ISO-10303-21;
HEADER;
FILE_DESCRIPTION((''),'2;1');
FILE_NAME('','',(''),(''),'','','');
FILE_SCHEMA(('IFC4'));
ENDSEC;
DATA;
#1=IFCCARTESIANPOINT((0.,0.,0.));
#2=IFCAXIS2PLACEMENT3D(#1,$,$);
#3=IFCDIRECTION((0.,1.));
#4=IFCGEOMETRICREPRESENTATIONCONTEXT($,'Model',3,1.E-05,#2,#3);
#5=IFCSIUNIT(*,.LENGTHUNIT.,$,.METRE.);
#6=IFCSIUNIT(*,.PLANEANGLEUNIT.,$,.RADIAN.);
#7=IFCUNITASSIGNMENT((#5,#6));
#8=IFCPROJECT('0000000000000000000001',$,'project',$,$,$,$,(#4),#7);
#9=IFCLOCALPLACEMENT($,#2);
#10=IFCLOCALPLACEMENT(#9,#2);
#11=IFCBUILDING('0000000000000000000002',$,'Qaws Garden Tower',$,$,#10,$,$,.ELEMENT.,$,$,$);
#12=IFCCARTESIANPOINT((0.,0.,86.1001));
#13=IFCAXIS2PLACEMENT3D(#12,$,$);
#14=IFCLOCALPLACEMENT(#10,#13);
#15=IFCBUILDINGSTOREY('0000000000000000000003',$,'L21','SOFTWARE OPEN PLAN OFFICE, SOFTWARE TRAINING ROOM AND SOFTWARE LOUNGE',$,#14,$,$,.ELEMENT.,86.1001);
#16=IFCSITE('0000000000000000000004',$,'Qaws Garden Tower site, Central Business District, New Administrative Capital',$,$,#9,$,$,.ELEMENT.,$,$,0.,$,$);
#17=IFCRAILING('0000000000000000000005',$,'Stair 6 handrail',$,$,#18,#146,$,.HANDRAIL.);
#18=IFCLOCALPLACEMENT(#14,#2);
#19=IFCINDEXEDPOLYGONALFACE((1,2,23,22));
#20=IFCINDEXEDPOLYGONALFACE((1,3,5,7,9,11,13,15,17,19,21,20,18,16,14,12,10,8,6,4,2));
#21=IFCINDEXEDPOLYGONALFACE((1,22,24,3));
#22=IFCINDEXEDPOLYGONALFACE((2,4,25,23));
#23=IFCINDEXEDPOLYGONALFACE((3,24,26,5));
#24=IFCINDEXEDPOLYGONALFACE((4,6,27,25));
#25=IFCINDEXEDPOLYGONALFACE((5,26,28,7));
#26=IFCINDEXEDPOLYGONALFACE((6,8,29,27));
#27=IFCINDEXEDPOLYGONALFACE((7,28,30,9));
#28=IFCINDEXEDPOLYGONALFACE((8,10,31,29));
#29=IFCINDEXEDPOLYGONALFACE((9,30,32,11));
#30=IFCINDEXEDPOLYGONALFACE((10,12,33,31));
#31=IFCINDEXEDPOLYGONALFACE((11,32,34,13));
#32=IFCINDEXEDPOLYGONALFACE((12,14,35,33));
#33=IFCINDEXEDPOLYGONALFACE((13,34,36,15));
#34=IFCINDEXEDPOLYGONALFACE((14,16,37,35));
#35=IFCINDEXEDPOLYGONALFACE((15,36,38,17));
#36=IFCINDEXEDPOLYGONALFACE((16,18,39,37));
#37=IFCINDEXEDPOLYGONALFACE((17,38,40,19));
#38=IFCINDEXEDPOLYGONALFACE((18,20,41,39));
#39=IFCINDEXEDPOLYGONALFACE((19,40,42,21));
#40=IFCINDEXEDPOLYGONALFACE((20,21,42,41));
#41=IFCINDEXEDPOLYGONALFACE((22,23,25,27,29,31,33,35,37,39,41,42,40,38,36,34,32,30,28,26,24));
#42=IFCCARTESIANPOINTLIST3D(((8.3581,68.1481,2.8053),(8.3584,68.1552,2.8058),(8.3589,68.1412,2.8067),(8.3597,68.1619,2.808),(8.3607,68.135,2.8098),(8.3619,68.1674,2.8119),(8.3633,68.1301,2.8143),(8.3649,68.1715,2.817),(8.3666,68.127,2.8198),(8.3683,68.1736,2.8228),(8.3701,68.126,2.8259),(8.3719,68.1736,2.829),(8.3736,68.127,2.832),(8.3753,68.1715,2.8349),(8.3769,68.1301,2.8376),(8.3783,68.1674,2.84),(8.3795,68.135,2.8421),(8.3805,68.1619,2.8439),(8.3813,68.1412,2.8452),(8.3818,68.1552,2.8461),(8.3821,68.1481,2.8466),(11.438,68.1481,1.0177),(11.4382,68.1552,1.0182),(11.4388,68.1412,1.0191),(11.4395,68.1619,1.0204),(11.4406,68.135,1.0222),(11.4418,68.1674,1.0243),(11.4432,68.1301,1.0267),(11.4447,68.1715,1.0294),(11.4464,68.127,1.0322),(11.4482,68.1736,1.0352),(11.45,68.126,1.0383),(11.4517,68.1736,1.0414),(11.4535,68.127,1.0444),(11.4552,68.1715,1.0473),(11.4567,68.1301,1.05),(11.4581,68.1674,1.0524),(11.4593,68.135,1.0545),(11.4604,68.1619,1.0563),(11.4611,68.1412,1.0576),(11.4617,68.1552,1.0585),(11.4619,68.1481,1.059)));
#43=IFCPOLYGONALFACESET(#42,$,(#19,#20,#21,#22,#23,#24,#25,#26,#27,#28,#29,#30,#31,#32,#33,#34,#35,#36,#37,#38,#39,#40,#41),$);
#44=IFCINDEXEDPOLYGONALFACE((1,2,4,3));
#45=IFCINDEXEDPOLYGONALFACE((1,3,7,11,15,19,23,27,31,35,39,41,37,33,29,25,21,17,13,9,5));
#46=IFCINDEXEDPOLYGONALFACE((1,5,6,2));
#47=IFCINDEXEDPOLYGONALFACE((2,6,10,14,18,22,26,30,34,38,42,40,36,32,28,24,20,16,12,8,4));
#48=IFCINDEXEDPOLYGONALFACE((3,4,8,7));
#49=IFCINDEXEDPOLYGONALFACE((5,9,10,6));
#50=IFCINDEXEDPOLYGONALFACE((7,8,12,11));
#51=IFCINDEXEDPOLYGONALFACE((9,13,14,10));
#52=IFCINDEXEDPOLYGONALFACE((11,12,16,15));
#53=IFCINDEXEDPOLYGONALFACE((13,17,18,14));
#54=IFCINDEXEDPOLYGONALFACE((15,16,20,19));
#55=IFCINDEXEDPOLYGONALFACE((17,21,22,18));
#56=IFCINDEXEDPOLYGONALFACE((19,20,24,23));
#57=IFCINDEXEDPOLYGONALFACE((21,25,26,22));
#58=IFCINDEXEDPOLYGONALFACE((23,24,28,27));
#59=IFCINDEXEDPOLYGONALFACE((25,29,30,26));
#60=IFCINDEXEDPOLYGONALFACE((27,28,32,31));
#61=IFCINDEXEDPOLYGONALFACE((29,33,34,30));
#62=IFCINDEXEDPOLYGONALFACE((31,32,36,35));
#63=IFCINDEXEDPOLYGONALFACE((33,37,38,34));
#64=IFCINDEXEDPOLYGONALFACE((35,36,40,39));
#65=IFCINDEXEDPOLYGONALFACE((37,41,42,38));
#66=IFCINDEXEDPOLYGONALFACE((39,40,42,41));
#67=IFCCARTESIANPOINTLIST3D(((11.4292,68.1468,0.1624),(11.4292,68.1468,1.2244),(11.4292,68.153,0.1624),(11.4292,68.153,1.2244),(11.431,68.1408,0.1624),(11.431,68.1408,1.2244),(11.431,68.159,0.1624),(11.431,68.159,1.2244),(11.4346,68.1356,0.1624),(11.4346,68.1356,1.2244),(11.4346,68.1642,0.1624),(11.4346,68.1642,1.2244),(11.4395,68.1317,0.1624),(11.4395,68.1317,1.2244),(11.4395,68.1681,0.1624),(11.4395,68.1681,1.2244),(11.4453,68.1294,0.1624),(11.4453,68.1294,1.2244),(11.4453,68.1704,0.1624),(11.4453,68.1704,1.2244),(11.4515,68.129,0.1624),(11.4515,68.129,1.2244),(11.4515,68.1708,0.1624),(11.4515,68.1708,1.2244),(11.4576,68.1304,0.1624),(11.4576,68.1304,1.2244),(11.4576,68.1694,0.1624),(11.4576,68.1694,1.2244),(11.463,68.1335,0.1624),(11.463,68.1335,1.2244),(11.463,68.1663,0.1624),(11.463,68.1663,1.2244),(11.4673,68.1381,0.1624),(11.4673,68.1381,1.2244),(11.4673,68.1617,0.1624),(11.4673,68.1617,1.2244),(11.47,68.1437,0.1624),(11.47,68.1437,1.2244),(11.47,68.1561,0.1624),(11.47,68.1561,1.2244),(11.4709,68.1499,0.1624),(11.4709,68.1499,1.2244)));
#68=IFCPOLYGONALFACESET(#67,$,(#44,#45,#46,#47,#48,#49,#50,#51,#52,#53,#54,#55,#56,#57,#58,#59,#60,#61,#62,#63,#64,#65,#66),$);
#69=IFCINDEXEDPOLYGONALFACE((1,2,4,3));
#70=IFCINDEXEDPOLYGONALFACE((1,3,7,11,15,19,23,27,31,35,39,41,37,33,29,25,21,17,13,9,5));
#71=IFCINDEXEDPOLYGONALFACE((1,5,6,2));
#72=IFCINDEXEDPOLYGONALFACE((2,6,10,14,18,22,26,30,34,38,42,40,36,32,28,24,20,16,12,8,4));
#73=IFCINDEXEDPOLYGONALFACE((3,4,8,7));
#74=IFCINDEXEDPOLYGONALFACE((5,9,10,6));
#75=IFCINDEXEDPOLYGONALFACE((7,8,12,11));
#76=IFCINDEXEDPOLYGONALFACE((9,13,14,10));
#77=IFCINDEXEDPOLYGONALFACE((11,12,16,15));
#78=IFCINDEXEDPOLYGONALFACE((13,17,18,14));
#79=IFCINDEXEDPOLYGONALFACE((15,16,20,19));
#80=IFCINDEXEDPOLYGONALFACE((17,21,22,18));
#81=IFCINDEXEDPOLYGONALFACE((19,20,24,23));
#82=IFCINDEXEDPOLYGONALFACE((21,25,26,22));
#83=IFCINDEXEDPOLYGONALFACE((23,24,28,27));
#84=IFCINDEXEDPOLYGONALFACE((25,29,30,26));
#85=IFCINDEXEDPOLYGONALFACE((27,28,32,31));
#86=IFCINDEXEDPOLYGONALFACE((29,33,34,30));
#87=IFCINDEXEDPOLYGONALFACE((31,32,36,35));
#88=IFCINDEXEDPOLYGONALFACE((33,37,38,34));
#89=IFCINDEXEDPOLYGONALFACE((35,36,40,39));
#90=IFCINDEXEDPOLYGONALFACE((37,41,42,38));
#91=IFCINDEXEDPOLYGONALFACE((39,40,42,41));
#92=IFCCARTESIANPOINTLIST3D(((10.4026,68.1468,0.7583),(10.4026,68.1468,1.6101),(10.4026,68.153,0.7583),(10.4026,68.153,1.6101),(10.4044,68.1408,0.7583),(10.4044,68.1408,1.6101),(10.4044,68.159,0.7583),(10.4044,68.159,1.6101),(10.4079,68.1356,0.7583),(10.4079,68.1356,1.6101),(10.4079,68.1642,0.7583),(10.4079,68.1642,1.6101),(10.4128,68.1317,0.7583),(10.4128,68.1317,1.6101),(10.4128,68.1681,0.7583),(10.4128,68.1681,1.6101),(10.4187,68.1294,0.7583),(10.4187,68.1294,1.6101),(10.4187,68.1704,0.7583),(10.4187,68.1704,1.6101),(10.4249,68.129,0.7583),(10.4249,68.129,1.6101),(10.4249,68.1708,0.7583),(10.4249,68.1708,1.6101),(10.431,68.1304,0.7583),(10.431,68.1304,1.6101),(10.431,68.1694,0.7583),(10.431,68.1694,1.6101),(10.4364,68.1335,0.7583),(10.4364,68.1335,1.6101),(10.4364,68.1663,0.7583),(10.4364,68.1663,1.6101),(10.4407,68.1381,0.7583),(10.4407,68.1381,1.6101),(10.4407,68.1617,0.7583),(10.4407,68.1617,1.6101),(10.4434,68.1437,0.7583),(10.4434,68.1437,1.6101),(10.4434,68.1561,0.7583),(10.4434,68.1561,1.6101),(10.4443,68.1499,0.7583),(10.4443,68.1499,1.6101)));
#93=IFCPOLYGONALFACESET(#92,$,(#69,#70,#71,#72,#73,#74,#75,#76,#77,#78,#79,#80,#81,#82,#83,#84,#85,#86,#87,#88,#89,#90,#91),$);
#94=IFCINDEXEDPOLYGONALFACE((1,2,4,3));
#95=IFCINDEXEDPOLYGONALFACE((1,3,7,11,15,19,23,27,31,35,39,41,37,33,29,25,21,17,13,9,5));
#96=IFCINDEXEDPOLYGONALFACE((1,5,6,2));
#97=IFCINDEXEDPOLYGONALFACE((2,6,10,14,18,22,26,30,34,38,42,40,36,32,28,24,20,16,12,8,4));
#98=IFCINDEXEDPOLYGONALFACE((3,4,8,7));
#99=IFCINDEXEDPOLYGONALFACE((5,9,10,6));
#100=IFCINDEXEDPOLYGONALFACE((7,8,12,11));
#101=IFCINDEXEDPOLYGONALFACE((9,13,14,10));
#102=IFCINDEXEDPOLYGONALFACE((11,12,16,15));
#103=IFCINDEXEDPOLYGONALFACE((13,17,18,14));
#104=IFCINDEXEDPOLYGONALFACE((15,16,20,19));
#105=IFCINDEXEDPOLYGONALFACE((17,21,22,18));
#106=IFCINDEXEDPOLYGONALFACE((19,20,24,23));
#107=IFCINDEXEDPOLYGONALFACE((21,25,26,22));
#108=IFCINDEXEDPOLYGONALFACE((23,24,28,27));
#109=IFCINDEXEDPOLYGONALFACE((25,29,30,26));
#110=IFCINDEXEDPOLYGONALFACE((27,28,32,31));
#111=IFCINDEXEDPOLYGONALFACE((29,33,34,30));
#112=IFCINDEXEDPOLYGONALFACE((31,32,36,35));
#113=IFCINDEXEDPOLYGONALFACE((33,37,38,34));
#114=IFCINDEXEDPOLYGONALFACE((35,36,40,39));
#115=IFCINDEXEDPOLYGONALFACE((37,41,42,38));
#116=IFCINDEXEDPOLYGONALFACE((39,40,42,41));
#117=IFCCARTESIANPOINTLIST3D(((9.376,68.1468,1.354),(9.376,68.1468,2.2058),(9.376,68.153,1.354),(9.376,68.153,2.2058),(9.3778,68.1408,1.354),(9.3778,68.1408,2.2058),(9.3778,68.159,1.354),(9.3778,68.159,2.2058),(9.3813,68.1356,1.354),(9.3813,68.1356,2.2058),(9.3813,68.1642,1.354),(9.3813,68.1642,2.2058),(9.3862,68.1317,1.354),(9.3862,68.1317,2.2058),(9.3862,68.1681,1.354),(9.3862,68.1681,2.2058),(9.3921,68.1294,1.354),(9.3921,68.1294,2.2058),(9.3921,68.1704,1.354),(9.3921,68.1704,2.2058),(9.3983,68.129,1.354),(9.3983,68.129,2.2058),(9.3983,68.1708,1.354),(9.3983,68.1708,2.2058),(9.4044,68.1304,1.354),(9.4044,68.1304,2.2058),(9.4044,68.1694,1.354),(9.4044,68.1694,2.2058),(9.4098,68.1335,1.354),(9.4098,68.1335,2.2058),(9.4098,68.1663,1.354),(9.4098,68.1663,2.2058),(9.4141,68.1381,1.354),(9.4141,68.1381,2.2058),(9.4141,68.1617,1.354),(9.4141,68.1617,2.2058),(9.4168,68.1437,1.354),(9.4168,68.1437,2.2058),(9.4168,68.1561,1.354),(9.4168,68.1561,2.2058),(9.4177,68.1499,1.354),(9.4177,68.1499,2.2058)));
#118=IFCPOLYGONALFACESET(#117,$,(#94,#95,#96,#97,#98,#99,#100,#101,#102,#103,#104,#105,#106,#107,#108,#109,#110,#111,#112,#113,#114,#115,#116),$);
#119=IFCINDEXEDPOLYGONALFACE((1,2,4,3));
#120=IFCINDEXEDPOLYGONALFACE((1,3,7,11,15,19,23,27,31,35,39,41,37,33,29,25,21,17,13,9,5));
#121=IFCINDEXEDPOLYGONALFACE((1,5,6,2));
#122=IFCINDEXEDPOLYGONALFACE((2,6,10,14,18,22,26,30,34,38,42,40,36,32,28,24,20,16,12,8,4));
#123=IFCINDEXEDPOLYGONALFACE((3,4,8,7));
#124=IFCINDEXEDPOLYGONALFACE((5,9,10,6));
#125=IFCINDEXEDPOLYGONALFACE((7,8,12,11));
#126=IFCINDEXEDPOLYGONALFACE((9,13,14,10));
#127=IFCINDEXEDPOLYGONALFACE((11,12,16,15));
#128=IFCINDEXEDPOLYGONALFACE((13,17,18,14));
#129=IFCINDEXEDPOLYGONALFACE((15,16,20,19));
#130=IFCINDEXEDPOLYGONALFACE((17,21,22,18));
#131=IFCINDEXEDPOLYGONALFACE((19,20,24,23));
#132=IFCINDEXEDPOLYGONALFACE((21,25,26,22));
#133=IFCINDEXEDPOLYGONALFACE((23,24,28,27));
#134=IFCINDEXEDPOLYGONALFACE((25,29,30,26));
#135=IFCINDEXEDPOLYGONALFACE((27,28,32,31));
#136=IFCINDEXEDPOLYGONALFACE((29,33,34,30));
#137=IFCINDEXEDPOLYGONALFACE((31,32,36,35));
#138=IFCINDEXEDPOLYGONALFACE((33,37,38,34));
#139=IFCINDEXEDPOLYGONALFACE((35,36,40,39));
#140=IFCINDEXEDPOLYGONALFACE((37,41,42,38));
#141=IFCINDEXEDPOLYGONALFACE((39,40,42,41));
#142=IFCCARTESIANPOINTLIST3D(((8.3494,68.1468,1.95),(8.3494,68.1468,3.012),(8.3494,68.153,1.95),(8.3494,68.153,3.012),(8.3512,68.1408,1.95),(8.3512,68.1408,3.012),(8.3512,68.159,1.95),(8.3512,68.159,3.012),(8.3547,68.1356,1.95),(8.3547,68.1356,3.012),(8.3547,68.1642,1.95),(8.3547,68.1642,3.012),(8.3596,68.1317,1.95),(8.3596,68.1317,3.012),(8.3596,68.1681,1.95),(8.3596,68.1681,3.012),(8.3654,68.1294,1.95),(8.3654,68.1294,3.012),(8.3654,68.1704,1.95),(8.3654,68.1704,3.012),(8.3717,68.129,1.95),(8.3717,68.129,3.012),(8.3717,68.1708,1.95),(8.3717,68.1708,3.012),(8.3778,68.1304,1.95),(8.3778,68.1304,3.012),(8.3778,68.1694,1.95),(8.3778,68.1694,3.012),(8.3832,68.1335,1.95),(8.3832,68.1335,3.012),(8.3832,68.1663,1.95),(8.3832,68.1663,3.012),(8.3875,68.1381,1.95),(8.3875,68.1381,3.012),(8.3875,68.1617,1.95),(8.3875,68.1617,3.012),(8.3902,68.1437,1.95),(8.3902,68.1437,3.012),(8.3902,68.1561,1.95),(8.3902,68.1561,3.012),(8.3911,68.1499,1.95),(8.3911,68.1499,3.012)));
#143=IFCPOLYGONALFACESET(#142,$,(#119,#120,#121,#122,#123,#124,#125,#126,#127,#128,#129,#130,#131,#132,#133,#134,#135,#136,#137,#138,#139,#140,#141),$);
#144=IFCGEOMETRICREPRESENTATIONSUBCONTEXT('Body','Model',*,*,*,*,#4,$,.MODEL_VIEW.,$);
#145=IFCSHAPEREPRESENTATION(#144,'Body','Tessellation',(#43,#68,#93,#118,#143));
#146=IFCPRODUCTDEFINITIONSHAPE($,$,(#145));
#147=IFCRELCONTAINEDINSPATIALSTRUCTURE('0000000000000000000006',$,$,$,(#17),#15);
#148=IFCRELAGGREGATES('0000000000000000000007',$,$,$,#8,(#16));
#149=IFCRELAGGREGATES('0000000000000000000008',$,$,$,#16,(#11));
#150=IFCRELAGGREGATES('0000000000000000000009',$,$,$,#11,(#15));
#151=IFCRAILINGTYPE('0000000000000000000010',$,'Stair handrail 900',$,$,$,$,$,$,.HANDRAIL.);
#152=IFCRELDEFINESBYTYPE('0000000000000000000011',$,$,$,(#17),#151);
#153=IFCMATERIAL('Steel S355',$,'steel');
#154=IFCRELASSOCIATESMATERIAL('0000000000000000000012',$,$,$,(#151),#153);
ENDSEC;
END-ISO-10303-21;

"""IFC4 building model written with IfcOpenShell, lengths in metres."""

from ifc_helpers import new_model, si_unit, direction, frame, origin, origin_2d, place, context, subcontext, project, spatial, circle, extrude, material, type_object, element, save


model = new_model("IFC4")

# Units and contexts
model_context = context("Model", 3, precision=1e-05, world=origin(), true_north=direction((0.0, 1.0)))
body_context = subcontext(model_context, "Body", "Model", "MODEL_VIEW")
ifc_project = project(units=[si_unit("LENGTHUNIT", "METRE"), si_unit("PLANEANGLEUNIT", "RADIAN")], contexts=[model_context])

# Site, building, storey
site_placement = place(None, origin())
site = spatial("IfcSite", under=ifc_project, at=site_placement, Name="Qaws Garden Tower site, Central Business District, New Administrative Capital", CompositionType="ELEMENT", RefElevation=0.0)
building_placement = place(site_placement, origin())
building = spatial("IfcBuilding", under=site, at=building_placement, Name="Qaws Garden Tower", CompositionType="ELEMENT")
storey_placement = place(building_placement, frame((0.0, 0.0, 86.1001)))
storey = spatial("IfcBuildingStorey", under=building, at=storey_placement, Name="L21", Description="SOFTWARE OPEN PLAN OFFICE, SOFTWARE TRAINING ROOM AND SOFTWARE LOUNGE", CompositionType="ELEMENT", Elevation=86.1001)

# Railing
ifc_material_1 = material(Name="Steel S355", Category="steel")
railing_type = type_object("IfcRailingType", Name="Stair handrail 900", PredefinedType="HANDRAIL", material=ifc_material_1)
railing_1_placement = place(storey_placement, frame((11.45, 68.1499, 0.1624)))
element("IfcRailing", 1, at=railing_1_placement, inside=storey, type_object=railing_type, Name="Stair 6 handrail", PredefinedType="HANDRAIL", context=body_context, shape_type="SweptSolid", body=[
    extrude(circle(Radius=0.0239, at=origin_2d()), frame((0.0, 0.0, 0.876), z_axis=(-0.864873, 0.0, 0.50199), x_axis=(0.0, -1.0, 0.0)), (0.0, 0.0, 1.0), 3.561),
    extrude(circle(Radius=0.021, at=origin_2d()), origin(), (0.0, 0.0, 1.0), 1.062),
    extrude(circle(Radius=0.021, at=origin_2d()), frame((-1.0266, 0.0, 0.5959)), (0.0, 0.0, 1.0), 0.8518),
    extrude(circle(Radius=0.021, at=origin_2d()), frame((-2.0532, 0.0, 1.1917)), (0.0, 0.0, 1.0), 0.8518),
    extrude(circle(Radius=0.021, at=origin_2d()), frame((-3.0798, 0.0, 1.7876)), (0.0, 0.0, 1.0), 1.062),
])

save(model, "model.ifc")
